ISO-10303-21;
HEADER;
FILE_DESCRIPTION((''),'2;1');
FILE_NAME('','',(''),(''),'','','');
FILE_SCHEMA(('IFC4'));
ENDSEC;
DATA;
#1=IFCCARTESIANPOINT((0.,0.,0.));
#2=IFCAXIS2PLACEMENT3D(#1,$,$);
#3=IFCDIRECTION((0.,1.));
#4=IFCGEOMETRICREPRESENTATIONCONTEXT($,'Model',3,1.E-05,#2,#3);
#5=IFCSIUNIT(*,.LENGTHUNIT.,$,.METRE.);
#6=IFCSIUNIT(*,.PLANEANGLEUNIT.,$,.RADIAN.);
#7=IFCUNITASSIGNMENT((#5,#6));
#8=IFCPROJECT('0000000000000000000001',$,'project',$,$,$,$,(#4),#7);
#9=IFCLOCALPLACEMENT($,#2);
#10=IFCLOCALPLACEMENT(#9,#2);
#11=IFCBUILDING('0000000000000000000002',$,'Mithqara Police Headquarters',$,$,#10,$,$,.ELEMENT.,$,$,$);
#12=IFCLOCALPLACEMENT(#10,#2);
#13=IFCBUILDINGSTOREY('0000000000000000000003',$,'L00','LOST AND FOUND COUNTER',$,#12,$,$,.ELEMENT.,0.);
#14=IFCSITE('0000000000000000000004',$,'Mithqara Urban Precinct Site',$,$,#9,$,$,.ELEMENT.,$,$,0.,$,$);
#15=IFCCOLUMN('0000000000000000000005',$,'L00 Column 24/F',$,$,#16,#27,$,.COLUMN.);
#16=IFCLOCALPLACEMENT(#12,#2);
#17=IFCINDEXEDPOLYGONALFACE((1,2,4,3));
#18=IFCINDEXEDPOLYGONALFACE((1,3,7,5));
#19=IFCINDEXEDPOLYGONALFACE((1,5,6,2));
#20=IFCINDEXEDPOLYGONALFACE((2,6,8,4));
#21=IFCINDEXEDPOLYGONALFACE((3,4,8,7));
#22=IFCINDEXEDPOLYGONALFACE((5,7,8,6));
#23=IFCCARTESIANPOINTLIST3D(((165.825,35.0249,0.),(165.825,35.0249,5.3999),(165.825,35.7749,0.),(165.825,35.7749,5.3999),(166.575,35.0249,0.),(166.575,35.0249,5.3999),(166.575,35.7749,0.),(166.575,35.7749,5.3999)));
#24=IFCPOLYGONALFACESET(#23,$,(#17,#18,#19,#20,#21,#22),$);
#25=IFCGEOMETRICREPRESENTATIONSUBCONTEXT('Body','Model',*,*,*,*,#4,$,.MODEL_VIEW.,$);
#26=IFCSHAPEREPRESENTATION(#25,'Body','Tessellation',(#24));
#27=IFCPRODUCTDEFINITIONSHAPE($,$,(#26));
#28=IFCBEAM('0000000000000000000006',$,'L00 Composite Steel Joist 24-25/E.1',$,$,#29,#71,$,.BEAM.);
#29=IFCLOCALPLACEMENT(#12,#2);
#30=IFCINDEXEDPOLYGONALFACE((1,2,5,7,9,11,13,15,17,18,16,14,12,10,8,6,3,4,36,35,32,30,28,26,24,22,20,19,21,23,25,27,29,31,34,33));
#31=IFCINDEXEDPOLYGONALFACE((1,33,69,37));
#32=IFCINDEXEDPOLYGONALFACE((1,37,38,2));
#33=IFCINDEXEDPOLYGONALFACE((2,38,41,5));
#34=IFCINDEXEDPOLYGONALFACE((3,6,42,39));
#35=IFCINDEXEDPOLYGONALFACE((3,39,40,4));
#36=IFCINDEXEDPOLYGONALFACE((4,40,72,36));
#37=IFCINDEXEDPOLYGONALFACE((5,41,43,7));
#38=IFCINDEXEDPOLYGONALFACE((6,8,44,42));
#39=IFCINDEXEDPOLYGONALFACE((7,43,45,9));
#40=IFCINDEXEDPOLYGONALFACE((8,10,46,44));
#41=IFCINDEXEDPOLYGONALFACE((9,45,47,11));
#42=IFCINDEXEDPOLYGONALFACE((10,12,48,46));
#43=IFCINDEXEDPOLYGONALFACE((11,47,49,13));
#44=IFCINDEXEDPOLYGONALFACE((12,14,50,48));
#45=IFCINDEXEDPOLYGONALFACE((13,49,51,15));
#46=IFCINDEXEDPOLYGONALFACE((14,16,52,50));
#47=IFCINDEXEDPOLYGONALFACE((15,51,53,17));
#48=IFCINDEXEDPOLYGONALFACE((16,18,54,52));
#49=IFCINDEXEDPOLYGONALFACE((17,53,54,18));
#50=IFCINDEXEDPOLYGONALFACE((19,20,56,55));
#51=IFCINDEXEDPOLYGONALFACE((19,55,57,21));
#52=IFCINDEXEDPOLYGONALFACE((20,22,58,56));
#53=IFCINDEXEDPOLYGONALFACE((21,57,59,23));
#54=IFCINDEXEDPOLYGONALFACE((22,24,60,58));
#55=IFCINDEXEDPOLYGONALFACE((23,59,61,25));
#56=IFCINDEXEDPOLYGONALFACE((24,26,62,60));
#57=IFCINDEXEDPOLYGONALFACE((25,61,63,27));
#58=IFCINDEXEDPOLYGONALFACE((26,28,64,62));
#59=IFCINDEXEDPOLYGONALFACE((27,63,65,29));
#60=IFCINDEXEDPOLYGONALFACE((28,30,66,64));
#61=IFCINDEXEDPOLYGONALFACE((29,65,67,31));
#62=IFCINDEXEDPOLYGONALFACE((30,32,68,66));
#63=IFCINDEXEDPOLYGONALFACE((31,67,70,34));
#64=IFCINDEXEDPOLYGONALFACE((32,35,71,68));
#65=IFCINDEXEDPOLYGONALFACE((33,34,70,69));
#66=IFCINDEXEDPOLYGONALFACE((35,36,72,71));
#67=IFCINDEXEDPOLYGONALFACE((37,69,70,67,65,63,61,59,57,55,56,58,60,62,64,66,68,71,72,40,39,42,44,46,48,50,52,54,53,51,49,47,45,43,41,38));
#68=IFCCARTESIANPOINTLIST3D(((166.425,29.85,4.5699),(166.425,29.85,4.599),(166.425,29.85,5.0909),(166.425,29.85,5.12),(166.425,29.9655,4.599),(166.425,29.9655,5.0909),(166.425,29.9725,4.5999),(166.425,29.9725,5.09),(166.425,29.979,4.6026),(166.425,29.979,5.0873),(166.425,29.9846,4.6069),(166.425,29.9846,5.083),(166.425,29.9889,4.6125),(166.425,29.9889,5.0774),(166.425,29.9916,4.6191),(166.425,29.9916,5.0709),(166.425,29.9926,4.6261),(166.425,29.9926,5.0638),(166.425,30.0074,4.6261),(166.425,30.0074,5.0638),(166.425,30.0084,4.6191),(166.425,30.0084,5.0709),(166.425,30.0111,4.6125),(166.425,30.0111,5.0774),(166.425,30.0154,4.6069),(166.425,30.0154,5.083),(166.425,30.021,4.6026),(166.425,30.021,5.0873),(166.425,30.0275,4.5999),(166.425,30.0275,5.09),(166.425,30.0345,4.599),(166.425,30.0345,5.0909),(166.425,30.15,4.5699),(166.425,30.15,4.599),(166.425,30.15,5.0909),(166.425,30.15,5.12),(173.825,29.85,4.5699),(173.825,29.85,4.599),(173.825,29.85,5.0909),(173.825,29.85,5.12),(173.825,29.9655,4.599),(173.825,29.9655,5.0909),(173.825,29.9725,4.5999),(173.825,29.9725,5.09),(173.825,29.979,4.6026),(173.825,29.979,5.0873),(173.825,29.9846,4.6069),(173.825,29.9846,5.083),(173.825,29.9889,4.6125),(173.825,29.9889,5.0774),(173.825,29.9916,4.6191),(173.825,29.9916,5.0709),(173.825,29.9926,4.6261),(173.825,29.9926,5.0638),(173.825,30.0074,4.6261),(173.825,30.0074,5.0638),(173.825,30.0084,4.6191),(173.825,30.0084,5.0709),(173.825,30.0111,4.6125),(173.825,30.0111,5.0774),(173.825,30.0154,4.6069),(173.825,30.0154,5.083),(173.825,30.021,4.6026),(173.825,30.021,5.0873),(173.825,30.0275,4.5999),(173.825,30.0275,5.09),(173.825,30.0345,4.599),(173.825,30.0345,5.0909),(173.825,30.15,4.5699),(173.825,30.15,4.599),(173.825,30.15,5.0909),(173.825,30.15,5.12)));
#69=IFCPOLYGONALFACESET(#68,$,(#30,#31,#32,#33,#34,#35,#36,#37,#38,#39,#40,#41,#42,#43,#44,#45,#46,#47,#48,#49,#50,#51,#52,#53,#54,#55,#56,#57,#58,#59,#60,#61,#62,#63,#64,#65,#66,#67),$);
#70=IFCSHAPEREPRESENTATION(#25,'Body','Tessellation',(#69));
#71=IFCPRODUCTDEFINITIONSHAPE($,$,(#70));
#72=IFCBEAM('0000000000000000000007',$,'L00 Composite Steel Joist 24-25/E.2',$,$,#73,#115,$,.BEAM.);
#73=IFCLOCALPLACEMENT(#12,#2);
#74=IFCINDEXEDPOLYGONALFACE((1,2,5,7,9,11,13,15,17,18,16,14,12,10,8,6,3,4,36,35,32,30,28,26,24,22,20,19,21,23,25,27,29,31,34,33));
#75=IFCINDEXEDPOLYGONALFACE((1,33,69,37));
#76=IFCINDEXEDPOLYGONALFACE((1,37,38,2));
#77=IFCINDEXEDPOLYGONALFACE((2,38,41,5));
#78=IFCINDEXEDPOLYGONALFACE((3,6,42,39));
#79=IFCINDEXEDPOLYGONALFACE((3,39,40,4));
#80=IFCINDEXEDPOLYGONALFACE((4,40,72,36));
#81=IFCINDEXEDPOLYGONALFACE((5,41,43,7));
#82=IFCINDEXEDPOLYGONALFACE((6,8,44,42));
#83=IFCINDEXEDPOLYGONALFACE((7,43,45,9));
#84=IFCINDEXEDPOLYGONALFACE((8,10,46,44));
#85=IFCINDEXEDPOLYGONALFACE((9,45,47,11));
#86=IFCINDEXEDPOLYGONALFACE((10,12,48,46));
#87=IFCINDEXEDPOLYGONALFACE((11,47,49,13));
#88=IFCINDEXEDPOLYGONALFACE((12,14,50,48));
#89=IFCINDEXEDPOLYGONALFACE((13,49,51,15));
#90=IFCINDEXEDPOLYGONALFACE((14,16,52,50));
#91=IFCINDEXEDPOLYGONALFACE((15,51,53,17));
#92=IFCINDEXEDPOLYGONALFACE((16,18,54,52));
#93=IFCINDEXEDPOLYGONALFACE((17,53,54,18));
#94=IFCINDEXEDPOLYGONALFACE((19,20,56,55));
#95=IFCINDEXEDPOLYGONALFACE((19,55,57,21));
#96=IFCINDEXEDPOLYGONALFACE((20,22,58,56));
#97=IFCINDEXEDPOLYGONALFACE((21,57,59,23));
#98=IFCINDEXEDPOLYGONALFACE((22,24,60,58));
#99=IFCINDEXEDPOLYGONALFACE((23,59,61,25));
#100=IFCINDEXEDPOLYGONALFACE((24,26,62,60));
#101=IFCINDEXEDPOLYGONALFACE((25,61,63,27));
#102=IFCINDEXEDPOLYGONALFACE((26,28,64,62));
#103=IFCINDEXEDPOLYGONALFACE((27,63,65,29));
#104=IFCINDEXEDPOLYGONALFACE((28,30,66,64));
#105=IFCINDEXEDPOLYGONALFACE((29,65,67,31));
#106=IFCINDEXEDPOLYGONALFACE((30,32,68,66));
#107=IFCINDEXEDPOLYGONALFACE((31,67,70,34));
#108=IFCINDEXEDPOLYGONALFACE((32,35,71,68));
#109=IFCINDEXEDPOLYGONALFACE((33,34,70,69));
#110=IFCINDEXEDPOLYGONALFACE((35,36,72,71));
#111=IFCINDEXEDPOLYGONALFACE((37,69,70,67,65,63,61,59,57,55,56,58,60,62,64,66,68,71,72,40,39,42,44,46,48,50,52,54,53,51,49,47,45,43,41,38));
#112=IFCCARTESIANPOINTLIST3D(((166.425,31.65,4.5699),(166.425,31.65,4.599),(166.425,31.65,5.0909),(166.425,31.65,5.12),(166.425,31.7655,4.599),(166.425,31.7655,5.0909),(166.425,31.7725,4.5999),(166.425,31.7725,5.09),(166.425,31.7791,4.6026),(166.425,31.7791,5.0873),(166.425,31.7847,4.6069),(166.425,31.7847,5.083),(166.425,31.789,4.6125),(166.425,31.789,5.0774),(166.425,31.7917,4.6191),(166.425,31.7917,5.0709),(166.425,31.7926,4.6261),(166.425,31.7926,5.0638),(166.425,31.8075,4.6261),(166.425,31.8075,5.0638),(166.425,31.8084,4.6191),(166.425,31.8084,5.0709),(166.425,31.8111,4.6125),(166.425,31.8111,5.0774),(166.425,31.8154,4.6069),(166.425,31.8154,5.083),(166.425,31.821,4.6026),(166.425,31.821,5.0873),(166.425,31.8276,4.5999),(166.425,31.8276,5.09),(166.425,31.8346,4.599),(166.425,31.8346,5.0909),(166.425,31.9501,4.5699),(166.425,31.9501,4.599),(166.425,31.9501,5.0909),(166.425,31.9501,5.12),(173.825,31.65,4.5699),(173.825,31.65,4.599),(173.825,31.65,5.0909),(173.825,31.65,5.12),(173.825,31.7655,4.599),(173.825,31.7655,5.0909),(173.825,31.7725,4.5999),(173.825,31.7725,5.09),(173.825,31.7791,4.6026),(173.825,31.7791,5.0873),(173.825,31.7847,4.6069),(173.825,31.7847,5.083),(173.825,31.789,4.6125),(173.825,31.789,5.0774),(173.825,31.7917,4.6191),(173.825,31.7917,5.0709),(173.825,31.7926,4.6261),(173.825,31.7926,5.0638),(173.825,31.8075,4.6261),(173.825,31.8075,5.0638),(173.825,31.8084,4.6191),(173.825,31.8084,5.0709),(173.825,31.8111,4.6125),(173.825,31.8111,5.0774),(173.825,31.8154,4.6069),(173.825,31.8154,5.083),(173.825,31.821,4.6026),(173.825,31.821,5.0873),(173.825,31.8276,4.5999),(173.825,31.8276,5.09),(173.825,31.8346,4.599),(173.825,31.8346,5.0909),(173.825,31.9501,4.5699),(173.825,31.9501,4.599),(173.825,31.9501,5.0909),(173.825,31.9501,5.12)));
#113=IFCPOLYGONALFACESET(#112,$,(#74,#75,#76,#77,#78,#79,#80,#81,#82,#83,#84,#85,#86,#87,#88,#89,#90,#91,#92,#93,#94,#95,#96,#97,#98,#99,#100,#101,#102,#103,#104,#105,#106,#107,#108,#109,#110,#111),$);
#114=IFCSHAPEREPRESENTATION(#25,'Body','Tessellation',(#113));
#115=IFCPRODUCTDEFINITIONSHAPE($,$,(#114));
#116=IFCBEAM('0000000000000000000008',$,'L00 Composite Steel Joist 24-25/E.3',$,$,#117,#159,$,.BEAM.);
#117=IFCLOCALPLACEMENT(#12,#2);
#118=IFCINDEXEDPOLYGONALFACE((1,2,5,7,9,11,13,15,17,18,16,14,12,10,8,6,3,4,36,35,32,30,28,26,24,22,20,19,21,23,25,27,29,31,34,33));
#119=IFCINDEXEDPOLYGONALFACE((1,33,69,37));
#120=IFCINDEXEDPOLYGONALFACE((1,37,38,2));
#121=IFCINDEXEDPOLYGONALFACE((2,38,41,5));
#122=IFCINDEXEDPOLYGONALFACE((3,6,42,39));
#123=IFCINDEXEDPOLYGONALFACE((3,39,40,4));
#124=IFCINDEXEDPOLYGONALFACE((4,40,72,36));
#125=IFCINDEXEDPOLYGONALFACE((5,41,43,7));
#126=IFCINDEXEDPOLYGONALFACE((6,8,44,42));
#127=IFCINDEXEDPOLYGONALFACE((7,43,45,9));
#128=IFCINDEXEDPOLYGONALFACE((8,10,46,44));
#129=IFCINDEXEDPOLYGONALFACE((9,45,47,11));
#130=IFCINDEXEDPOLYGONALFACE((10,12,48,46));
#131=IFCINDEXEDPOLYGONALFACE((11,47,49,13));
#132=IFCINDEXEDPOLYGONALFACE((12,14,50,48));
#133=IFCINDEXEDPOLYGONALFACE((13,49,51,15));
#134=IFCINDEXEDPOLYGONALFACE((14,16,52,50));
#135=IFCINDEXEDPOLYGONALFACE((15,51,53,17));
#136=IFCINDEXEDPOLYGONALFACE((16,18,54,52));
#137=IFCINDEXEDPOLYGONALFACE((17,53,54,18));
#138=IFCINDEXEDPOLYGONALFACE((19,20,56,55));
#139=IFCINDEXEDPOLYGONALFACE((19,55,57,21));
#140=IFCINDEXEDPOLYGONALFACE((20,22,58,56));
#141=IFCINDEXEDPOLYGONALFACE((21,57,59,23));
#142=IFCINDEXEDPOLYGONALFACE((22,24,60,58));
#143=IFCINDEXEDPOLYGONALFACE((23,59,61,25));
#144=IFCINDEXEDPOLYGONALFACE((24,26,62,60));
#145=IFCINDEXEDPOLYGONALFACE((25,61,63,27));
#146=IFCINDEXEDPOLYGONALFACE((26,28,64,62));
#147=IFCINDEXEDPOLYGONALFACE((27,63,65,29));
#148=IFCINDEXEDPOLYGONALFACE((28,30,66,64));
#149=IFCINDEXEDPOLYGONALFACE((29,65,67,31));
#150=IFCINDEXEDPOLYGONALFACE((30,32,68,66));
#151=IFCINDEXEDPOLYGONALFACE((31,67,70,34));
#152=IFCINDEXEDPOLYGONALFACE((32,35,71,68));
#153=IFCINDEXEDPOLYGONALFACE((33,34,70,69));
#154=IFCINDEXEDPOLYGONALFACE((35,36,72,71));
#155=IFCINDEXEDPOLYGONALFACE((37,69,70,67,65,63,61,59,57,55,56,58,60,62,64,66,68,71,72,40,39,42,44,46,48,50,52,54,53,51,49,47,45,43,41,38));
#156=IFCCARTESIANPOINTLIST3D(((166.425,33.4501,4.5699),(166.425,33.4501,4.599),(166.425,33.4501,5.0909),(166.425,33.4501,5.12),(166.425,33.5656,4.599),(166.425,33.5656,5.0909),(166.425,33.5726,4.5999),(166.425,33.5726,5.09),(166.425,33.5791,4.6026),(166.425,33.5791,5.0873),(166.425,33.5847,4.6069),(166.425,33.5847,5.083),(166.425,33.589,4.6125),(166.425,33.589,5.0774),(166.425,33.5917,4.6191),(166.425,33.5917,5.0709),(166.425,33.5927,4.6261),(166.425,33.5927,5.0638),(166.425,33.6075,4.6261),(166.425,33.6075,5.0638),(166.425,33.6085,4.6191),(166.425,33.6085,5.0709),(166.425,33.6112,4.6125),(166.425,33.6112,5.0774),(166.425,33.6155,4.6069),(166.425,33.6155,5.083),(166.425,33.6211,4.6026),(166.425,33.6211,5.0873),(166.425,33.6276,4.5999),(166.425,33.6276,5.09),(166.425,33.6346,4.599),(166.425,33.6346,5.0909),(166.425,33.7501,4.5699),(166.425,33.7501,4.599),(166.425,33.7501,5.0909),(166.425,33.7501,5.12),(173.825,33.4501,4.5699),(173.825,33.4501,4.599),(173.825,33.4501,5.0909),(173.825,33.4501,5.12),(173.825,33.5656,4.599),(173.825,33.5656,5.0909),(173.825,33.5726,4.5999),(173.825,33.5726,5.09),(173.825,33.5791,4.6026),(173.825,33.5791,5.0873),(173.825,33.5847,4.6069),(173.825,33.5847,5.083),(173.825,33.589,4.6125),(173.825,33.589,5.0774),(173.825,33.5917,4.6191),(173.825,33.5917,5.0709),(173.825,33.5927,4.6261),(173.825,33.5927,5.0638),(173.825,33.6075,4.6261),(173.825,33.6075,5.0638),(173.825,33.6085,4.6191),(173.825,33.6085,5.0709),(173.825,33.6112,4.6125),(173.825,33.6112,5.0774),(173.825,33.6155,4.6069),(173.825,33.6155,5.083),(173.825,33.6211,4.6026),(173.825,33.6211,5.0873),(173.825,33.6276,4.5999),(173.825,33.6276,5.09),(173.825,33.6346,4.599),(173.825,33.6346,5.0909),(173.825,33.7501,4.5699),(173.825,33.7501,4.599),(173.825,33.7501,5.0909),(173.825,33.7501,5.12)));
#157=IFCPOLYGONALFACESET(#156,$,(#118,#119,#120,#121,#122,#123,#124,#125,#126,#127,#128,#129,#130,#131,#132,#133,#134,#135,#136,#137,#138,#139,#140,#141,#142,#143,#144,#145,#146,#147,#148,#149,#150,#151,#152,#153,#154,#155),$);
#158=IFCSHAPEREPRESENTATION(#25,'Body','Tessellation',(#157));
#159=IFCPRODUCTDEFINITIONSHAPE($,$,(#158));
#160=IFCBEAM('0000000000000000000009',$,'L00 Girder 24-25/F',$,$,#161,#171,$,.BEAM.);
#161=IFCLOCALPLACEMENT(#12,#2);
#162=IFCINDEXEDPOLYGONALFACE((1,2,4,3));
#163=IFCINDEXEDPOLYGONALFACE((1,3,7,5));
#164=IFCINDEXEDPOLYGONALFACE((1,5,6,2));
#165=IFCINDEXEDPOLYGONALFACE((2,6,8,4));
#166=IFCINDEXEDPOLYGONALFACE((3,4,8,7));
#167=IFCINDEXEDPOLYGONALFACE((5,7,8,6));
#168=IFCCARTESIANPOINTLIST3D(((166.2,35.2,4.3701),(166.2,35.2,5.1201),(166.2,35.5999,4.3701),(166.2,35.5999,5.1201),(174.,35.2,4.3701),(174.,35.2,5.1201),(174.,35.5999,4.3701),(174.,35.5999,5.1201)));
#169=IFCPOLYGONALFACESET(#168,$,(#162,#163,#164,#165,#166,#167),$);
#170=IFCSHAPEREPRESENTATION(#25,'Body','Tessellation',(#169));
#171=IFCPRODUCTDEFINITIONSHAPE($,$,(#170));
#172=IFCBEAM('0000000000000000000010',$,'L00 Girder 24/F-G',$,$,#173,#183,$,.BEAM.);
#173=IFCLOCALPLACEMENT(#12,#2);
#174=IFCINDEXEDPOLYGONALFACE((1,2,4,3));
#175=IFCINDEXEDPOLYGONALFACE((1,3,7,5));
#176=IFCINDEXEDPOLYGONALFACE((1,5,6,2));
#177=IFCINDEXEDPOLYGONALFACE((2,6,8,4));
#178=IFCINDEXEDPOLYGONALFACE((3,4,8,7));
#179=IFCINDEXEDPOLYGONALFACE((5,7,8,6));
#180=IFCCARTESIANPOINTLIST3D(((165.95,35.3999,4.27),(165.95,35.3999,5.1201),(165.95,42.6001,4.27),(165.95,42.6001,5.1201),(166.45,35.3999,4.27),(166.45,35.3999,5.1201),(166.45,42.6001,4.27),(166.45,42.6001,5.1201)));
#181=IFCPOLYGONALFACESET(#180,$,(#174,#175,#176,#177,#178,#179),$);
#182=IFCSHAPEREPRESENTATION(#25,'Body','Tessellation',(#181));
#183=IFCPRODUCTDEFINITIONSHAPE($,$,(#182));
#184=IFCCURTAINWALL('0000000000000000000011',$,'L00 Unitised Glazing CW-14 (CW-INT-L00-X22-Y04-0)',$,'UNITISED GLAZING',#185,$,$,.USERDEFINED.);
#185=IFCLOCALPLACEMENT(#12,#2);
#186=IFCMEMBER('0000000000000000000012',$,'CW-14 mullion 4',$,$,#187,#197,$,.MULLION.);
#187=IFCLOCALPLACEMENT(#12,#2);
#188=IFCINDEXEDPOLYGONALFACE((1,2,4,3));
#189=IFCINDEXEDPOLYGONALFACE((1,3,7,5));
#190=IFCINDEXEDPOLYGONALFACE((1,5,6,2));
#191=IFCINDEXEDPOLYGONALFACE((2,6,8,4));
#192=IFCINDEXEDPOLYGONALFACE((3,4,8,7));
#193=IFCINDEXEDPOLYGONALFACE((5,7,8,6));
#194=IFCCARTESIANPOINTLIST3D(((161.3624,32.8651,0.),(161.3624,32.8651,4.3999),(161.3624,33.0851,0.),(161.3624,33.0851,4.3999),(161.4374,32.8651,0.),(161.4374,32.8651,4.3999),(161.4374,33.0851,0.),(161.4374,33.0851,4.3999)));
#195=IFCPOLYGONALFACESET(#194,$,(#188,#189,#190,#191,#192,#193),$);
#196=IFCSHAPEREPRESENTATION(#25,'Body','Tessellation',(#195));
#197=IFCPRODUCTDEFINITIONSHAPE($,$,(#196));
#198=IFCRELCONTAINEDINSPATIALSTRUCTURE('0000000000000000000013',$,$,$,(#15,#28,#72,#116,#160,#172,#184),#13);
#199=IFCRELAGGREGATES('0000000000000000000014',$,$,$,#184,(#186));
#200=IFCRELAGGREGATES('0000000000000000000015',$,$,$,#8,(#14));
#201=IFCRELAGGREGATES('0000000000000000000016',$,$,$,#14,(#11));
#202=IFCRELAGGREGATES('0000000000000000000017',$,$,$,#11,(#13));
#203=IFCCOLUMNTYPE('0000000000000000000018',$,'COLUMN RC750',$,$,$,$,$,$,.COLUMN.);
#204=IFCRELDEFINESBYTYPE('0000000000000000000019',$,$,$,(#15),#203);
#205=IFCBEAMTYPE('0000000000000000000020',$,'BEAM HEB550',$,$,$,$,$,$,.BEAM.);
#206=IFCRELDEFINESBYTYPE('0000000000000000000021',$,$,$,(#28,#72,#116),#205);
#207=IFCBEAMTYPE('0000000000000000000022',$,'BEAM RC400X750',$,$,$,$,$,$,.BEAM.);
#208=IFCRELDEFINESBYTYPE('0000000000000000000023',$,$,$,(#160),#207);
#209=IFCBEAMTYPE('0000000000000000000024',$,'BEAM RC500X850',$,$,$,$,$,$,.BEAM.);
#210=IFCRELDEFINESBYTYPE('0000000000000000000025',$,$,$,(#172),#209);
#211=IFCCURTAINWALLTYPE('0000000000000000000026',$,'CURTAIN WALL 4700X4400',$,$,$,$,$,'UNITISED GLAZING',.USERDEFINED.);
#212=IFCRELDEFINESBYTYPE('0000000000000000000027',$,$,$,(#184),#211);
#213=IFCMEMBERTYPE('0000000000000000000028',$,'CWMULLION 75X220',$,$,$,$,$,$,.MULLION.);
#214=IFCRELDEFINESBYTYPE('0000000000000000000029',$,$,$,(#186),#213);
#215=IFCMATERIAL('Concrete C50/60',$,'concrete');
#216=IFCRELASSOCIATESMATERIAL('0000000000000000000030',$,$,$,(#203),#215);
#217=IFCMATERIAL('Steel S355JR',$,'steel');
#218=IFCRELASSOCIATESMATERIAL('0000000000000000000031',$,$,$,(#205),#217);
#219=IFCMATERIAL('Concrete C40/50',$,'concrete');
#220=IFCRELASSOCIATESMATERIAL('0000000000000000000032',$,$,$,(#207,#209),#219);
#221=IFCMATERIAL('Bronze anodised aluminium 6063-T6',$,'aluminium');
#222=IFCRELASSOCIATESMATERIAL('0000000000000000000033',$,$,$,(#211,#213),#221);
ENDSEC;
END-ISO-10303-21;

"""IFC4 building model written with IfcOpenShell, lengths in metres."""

from ifc_helpers import new_model, si_unit, direction, frame, origin, origin_2d, place, context, subcontext, project, spatial, rectangle, i_section, extrude, material, material_profile, profile_set, type_object, element, aggregate, save


model = new_model("IFC4")

# Units and contexts
model_context = context("Model", 3, precision=1e-05, world=origin(), true_north=direction((0.0, 1.0)))
body_context = subcontext(model_context, "Body", "Model", "MODEL_VIEW")
ifc_project = project(units=[si_unit("LENGTHUNIT", "METRE"), si_unit("PLANEANGLEUNIT", "RADIAN")], contexts=[model_context])

# Site, building, storey
site_placement = place(None, origin())
site = spatial("IfcSite", under=ifc_project, at=site_placement, Name="Mithqara Urban Precinct Site", CompositionType="ELEMENT", RefElevation=0.0)
building_placement = place(site_placement, origin())
building = spatial("IfcBuilding", under=site, at=building_placement, Name="Mithqara Police Headquarters", CompositionType="ELEMENT")
storey_placement = place(building_placement, origin())
storey = spatial("IfcBuildingStorey", under=building, at=storey_placement, Name="L00", Description="LOST AND FOUND COUNTER", CompositionType="ELEMENT", Elevation=0.0)

# Column
ifc_material_1 = material(Name="Concrete C50/60", Category="concrete")
ifc_material_profile_1 = material_profile(ifc_material_1, rectangle(XDim=0.75, YDim=0.75, at=origin_2d()), Name="RC 750x750")
ifc_profile_set_1 = profile_set([ifc_material_profile_1], Name="Concrete C50/60")
column_type = type_object("IfcColumnType", Name="COLUMN RC750", PredefinedType="COLUMN", material=ifc_profile_set_1)
column_placement = place(storey_placement, frame((166.2, 35.3999, 0.0), z_axis=(0.0, 0.0, 1.0), x_axis=(1.0, 0.0, 0.0)))
element("IfcColumn", 1, at=column_placement, inside=storey, type_object=column_type, Name="L00 Column 24/F", PredefinedType="COLUMN", context=body_context, shape_type="SweptSolid", body=[
    extrude(rectangle(XDim=0.75, YDim=0.75, at=origin_2d()), origin(), (0.0, 0.0, 1.0), 5.3999),
])

# Beams
ifc_material_2 = material(Name="Steel S355JR", Category="steel")
ifc_material_profile_2 = material_profile(ifc_material_2, i_section(OverallWidth=0.3, OverallDepth=0.55, WebThickness=0.0149, FlangeThickness=0.0291, FilletRadius=0.0271, at=origin_2d()), Name="HEB 550")
ifc_profile_set_2 = profile_set([ifc_material_profile_2], Name="Steel S355JR")
beam_type_1 = type_object("IfcBeamType", Name="BEAM HEB550", PredefinedType="BEAM", material=ifc_profile_set_2)
for number, where, z_axis, x_axis, name in (
    (2, (166.425, 30.0, 4.845), (1.0, 0.0, 0.0), (0.0, 1.0, 0.0), "L00 Composite Steel Joist 24-25/E.1"),
    (3, (166.425, 31.8, 4.845), (1.0, 0.0, 0.0), (0.0, 1.0, 0.0), "L00 Composite Steel Joist 24-25/E.2"),
    (4, (166.425, 33.6001, 4.845), (1.0, 0.0, 0.0), (0.0, 1.0, 0.0), "L00 Composite Steel Joist 24-25/E.3"),
):
    element("IfcBeam", number, at=place(storey_placement, frame(where, z_axis=z_axis, x_axis=x_axis)), inside=storey, type_object=beam_type_1, Name=name, PredefinedType="BEAM", context=body_context, shape_type="SweptSolid", body=[
        extrude(i_section(OverallWidth=0.3, OverallDepth=0.55, WebThickness=0.0149, FlangeThickness=0.0291, FilletRadius=0.0271, at=origin_2d()), origin(), (0.0, 0.0, 1.0), 7.3999),
    ])
ifc_material_3 = material(Name="Concrete C40/50", Category="concrete")
ifc_material_profile_3 = material_profile(ifc_material_3, rectangle(XDim=0.3999, YDim=0.75, at=origin_2d()), Name="RC 400x750")
ifc_profile_set_3 = profile_set([ifc_material_profile_3], Name="Concrete C40/50")
beam_type_2 = type_object("IfcBeamType", Name="BEAM RC400X750", PredefinedType="BEAM", material=ifc_profile_set_3)
beam_1_placement = place(storey_placement, frame((166.2, 35.3999, 4.7451), z_axis=(1.0, 0.0, 0.0), x_axis=(0.0, 1.0, 0.0)))
element("IfcBeam", 5, at=beam_1_placement, inside=storey, type_object=beam_type_2, Name="L00 Girder 24-25/F", PredefinedType="BEAM", context=body_context, shape_type="SweptSolid", body=[
    extrude(rectangle(XDim=0.3999, YDim=0.75, at=origin_2d()), origin(), (0.0, 0.0, 1.0), 7.8),
])
ifc_material_profile_4 = material_profile(ifc_material_3, rectangle(XDim=0.5, YDim=0.8501, at=origin_2d()), Name="RC 500x850")
ifc_profile_set_4 = profile_set([ifc_material_profile_4], Name="Concrete C40/50")
beam_type_3 = type_object("IfcBeamType", Name="BEAM RC500X850", PredefinedType="BEAM", material=ifc_profile_set_4)
beam_2_placement = place(storey_placement, frame((166.2, 35.3999, 4.6951), z_axis=(0.0, 1.0, 0.0), x_axis=(-1.0, 0.0, 0.0)))
element("IfcBeam", 6, at=beam_2_placement, inside=storey, type_object=beam_type_3, Name="L00 Girder 24/F-G", PredefinedType="BEAM", context=body_context, shape_type="SweptSolid", body=[
    extrude(rectangle(XDim=0.5, YDim=0.8501, at=origin_2d()), origin(), (0.0, 0.0, 1.0), 7.2002),
])

# Curtain wall, member
ifc_material_4 = material(Name="Bronze anodised aluminium 6063-T6", Category="aluminium")
curtain_wall_type = type_object("IfcCurtainWallType", Name="CURTAIN WALL 4700X4400", ElementType="UNITISED GLAZING", PredefinedType="USERDEFINED", material=ifc_material_4)
curtain_wall_placement = place(storey_placement, origin())
curtain_wall = element("IfcCurtainWall", 7, at=curtain_wall_placement, inside=storey, type_object=curtain_wall_type, Name="L00 Unitised Glazing CW-14 (CW-INT-L00-X22-Y04-0)", ObjectType="UNITISED GLAZING", PredefinedType="USERDEFINED")
ifc_material_profile_5 = material_profile(ifc_material_4, rectangle(XDim=0.075, YDim=0.22, at=origin_2d()), Name="CWM 75x220")
ifc_profile_set_5 = profile_set([ifc_material_profile_5], Name="Bronze anodised aluminium 6063-T6")
member_type_1 = type_object("IfcMemberType", Name="CWMULLION 75X220", PredefinedType="MULLION", material=ifc_profile_set_5)
member_1_placement = place(storey_placement, frame((161.3999, 32.9751, 0.0), z_axis=(0.0, 0.0, 1.0), x_axis=(-1.0, 0.0, 0.0)))
member_1 = element("IfcMember", 8, at=member_1_placement, type_object=member_type_1, Name="CW-14 mullion 4", PredefinedType="MULLION", context=body_context, shape_type="SweptSolid", body=[
    extrude(rectangle(XDim=0.075, YDim=0.22, at=origin_2d()), origin(), (0.0, 0.0, 1.0), 4.3999),
])
aggregate(curtain_wall, [member_1])

save(model, "model.ifc")
